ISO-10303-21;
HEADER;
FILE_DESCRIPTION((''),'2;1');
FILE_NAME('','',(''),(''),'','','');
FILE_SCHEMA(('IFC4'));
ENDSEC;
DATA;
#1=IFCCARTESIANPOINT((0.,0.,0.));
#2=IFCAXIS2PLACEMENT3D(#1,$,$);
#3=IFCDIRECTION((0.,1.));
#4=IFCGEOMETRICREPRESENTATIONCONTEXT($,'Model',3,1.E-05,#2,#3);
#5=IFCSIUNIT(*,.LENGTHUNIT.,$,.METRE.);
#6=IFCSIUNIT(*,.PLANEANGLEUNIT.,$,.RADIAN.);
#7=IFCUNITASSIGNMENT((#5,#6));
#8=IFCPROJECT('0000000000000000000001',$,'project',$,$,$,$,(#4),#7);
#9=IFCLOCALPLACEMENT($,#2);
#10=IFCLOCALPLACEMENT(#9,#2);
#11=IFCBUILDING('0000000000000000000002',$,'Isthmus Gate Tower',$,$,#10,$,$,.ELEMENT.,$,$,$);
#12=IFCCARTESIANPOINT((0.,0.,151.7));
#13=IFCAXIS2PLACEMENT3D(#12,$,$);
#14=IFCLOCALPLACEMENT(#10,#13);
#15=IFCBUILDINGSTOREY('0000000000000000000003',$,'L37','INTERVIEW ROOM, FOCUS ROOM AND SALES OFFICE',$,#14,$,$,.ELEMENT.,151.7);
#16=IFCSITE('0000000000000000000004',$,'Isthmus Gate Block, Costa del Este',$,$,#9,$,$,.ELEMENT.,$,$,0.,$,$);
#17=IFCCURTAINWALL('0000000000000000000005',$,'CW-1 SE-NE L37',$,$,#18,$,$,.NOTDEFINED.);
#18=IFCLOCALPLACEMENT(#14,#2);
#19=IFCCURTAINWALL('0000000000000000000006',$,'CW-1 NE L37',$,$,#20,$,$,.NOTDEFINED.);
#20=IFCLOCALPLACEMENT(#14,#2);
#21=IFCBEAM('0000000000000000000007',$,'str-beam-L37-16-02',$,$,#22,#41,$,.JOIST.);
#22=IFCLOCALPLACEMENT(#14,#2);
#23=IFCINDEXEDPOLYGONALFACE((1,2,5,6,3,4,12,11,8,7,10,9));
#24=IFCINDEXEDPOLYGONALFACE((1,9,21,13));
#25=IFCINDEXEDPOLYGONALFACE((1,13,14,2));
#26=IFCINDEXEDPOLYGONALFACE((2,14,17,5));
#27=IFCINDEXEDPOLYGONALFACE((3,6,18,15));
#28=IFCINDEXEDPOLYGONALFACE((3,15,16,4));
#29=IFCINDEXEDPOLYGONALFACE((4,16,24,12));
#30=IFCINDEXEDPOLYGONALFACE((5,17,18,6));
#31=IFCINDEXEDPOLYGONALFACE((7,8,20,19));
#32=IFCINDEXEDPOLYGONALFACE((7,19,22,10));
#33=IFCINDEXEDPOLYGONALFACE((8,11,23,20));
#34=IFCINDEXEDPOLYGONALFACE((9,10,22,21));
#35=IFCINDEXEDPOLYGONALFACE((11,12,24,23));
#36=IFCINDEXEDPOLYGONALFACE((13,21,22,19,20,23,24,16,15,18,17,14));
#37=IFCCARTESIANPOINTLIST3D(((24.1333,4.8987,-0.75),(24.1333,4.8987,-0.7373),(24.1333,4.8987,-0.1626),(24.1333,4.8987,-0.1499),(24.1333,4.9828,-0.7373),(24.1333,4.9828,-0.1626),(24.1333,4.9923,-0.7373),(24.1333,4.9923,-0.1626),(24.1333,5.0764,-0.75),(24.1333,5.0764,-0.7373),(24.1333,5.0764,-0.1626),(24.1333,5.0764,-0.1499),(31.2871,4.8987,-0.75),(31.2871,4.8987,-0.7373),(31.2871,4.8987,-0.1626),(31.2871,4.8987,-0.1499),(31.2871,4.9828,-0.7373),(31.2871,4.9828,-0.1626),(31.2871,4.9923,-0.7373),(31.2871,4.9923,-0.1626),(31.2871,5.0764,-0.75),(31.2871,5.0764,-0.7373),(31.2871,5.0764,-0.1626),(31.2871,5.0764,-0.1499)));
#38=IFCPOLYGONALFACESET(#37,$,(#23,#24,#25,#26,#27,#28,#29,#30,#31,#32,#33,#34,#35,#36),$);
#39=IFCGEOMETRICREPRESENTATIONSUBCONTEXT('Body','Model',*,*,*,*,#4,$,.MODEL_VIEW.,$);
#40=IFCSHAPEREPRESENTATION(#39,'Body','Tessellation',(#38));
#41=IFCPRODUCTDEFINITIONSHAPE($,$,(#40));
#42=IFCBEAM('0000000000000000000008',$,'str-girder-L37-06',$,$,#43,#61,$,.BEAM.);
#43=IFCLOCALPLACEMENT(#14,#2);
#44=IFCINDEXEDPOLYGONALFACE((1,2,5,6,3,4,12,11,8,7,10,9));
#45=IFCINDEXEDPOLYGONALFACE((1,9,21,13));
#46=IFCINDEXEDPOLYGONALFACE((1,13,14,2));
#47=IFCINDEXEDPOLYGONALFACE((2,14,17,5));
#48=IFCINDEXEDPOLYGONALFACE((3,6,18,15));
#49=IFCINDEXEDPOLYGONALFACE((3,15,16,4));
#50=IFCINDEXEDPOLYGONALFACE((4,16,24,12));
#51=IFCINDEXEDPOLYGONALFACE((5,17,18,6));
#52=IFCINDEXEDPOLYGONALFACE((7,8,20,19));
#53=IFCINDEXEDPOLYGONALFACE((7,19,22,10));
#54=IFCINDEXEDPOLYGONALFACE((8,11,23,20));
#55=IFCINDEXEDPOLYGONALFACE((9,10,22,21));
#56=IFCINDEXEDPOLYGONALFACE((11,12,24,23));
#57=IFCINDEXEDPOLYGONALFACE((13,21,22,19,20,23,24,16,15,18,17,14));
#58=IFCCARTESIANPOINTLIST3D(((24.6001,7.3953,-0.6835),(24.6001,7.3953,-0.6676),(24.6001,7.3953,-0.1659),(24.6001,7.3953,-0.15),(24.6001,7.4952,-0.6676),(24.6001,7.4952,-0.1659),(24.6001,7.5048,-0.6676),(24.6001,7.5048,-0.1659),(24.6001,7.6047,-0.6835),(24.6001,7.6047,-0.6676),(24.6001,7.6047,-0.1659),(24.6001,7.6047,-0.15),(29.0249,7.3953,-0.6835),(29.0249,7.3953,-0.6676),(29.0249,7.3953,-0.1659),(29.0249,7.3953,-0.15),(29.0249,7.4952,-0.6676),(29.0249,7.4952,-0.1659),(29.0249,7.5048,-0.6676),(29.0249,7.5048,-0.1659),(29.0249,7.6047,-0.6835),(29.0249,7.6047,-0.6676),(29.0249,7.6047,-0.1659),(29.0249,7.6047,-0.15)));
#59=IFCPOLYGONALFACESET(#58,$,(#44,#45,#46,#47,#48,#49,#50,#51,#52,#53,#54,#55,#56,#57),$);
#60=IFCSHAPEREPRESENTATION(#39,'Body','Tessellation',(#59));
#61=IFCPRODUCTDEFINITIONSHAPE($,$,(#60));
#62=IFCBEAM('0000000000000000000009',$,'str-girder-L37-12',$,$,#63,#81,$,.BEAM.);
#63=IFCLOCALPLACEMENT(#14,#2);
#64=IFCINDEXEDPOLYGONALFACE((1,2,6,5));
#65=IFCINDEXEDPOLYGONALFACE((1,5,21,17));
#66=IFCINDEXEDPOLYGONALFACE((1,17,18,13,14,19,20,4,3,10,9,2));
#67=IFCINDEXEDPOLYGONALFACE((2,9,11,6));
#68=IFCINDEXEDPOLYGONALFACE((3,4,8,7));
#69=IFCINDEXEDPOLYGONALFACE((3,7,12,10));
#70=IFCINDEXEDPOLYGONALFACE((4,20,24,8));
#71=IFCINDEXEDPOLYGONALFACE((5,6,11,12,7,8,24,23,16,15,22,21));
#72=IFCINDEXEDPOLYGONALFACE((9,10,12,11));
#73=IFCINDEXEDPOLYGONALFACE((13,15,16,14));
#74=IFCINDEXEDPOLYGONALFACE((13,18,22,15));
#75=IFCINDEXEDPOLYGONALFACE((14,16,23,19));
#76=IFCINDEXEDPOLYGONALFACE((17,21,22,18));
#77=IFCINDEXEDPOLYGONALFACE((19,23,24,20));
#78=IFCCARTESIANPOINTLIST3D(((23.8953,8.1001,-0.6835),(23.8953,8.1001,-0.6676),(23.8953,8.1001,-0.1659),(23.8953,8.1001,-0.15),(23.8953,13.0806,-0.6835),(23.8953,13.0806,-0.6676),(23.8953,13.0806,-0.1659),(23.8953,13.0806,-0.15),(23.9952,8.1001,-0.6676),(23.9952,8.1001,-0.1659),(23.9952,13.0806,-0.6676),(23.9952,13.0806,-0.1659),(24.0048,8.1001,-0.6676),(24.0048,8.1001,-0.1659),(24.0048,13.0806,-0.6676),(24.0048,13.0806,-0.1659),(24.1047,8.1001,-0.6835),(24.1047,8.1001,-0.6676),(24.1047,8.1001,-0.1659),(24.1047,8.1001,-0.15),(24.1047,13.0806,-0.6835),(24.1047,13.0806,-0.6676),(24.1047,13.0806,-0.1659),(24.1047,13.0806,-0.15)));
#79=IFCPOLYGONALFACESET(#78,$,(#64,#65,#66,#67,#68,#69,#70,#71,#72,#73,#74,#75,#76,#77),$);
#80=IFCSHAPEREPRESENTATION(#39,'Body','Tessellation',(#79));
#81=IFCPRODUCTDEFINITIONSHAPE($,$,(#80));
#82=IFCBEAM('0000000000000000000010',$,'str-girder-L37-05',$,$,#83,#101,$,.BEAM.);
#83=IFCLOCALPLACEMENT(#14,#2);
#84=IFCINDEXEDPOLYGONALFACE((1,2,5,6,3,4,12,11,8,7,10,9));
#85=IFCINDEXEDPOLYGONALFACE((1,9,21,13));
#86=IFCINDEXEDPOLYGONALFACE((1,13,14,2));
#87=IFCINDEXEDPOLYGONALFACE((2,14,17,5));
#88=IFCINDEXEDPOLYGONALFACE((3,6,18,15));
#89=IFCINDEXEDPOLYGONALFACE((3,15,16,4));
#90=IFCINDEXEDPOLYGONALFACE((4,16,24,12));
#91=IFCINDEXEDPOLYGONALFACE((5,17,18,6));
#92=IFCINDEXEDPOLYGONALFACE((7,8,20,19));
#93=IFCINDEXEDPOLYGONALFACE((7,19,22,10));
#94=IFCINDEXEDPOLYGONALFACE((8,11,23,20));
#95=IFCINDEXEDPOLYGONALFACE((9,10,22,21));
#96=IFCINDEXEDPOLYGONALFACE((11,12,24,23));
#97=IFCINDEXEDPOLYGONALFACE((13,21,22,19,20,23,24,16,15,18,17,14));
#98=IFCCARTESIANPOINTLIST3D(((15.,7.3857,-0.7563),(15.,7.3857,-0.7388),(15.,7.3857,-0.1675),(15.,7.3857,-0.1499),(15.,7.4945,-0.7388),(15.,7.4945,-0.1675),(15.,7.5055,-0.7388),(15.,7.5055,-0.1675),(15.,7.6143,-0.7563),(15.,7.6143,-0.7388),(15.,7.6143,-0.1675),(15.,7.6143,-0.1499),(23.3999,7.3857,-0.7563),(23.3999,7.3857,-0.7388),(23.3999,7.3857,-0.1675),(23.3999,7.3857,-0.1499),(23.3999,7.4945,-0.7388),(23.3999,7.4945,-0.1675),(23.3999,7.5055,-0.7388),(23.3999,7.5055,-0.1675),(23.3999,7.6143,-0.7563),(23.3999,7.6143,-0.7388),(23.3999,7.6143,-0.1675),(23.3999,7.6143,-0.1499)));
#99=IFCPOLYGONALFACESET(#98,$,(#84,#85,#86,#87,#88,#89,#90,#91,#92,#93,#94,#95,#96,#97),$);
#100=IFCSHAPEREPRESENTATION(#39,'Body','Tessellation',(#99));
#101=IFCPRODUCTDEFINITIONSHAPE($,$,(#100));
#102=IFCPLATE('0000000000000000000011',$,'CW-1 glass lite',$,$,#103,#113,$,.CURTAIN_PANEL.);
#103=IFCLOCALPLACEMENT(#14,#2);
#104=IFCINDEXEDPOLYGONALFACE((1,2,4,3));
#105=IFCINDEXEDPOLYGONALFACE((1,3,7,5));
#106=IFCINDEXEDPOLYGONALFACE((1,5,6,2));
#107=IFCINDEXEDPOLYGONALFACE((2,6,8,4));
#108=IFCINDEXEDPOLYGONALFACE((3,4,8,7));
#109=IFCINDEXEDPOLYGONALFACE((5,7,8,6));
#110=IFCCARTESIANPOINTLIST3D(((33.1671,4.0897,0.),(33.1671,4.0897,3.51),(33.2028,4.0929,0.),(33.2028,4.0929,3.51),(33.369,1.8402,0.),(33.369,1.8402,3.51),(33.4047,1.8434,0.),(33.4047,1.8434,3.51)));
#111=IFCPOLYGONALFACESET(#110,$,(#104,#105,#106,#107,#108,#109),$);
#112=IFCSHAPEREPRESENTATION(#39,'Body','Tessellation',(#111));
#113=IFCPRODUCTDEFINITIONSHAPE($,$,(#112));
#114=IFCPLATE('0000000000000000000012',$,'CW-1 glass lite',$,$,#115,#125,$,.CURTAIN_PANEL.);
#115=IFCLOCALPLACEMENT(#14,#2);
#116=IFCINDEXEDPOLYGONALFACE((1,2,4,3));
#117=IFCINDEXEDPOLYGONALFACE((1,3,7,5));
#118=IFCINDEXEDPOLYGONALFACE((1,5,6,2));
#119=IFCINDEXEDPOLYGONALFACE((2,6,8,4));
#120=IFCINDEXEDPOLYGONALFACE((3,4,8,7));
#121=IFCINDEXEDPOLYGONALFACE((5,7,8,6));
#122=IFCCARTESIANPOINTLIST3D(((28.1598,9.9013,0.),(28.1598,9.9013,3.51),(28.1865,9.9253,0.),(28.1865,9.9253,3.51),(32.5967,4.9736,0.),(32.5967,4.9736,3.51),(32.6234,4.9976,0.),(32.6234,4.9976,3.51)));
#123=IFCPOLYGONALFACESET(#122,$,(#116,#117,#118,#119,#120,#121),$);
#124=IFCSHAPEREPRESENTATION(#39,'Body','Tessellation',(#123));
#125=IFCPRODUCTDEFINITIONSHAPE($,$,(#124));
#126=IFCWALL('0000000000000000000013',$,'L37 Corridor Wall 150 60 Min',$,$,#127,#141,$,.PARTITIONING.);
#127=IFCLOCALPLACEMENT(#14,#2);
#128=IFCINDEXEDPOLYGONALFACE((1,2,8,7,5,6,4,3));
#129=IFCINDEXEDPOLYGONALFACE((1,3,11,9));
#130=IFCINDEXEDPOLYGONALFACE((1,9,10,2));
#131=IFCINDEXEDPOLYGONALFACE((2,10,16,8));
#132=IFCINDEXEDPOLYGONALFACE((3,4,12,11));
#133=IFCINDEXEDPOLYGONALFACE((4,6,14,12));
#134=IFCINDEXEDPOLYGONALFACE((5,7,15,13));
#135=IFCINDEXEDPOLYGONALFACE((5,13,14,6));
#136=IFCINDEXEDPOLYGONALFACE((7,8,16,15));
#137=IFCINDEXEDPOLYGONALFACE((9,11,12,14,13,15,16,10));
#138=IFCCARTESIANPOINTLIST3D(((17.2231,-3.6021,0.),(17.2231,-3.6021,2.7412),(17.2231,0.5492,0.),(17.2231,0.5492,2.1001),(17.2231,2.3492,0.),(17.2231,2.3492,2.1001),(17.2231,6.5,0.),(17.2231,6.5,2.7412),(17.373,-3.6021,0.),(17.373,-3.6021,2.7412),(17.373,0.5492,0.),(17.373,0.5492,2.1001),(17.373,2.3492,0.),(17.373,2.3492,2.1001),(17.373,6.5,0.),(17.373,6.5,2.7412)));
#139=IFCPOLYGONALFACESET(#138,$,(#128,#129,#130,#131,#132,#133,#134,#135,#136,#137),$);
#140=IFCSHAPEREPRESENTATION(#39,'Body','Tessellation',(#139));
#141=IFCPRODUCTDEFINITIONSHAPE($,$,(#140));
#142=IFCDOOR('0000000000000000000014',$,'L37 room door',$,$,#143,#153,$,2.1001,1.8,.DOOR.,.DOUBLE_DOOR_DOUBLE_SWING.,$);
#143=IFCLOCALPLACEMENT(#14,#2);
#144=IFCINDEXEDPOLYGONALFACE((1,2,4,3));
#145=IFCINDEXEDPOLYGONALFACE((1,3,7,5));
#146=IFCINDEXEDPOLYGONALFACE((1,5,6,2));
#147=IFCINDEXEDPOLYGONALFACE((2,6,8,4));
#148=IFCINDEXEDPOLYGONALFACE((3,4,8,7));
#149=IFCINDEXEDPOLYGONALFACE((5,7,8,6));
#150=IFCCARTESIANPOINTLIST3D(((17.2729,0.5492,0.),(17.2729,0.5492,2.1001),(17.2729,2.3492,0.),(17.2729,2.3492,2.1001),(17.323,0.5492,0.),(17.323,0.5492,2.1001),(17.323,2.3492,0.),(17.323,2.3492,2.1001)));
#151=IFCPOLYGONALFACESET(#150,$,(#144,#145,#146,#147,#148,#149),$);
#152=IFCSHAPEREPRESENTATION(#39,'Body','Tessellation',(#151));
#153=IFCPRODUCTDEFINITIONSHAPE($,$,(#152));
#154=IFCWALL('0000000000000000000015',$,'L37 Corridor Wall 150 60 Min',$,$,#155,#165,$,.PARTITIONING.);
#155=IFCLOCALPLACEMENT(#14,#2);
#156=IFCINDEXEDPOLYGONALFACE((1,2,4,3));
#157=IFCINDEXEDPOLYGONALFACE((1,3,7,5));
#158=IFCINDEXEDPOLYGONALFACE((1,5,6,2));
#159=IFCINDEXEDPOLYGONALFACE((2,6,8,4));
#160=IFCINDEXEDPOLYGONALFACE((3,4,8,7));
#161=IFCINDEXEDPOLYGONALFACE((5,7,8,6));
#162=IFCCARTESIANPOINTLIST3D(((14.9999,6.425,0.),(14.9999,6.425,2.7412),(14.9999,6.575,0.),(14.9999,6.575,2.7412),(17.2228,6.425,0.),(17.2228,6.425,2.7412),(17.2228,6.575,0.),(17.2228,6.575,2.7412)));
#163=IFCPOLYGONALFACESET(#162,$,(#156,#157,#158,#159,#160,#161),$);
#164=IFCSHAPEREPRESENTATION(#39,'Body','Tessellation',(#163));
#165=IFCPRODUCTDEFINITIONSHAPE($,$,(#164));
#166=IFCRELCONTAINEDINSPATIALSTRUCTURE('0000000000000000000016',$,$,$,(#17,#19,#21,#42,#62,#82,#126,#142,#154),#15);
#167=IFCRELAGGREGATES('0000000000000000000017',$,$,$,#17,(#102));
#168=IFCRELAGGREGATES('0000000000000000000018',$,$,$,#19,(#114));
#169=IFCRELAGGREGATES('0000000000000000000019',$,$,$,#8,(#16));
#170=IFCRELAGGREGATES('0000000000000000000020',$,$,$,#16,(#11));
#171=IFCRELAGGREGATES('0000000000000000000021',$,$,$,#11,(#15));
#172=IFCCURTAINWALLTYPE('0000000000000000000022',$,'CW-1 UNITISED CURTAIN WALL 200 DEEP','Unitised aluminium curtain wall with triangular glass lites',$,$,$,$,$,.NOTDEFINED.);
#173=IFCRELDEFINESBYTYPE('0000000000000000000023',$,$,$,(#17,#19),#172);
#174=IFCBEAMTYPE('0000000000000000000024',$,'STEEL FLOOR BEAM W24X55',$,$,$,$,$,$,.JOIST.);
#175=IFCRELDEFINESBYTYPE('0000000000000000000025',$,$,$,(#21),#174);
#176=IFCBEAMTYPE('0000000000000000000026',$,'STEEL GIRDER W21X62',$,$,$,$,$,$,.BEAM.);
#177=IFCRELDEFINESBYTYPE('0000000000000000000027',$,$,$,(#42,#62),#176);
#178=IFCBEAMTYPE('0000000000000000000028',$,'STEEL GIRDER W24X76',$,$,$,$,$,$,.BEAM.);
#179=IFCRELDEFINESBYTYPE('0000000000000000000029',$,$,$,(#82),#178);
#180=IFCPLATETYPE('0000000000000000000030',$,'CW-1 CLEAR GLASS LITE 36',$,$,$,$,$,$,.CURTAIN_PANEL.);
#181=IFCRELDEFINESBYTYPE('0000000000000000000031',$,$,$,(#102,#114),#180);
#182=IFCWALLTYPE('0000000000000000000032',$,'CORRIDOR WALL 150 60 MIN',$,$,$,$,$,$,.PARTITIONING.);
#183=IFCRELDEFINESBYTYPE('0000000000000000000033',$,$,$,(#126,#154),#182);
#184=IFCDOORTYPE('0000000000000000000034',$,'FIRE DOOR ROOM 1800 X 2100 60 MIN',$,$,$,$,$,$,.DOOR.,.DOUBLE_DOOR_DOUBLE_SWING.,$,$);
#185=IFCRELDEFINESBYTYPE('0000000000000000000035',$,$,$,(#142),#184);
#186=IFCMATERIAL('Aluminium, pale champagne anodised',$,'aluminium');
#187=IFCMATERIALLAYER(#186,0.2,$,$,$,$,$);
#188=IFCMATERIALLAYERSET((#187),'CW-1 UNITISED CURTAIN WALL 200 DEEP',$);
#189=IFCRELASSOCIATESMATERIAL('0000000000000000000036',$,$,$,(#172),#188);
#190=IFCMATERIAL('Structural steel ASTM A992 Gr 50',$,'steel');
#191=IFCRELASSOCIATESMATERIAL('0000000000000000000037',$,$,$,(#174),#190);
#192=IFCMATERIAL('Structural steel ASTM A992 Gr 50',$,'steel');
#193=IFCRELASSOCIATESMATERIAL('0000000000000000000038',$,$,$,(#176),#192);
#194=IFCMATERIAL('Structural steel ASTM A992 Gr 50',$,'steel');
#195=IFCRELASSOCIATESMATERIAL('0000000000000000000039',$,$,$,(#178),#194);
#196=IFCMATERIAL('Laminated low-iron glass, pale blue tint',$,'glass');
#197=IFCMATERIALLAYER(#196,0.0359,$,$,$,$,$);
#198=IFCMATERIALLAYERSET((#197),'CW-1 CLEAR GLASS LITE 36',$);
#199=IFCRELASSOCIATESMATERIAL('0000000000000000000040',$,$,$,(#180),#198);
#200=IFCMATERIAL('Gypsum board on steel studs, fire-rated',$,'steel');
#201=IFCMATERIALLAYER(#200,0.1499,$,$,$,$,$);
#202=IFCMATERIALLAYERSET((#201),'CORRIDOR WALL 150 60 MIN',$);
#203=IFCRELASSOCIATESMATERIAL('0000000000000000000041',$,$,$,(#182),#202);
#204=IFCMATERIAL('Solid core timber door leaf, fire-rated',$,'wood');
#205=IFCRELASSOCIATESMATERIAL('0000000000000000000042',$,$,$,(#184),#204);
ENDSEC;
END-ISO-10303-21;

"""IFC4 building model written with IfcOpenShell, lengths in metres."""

from ifc_helpers import new_model, si_unit, direction, frame, frame_2d, origin, origin_2d, place, context, subcontext, project, spatial, rectangle, i_section, extrude, material, layer, layer_set, material_profile, profile_set, type_object, element, fill, aggregate, save


model = new_model("IFC4")

# Units and contexts
model_context = context("Model", 3, precision=1e-05, world=origin(), true_north=direction((0.0, 1.0)))
body_context = subcontext(model_context, "Body", "Model", "MODEL_VIEW")
ifc_project = project(units=[si_unit("LENGTHUNIT", "METRE"), si_unit("PLANEANGLEUNIT", "RADIAN")], contexts=[model_context])

# Site, building, storey
site_placement = place(None, origin())
site = spatial("IfcSite", under=ifc_project, at=site_placement, Name="Isthmus Gate Block, Costa del Este", CompositionType="ELEMENT", RefElevation=0.0)
building_placement = place(site_placement, origin())
building = spatial("IfcBuilding", under=site, at=building_placement, Name="Isthmus Gate Tower", CompositionType="ELEMENT")
storey_placement = place(building_placement, frame((0.0, 0.0, 151.7)))
storey = spatial("IfcBuildingStorey", under=building, at=storey_placement, Name="L37", Description="INTERVIEW ROOM, FOCUS ROOM AND SALES OFFICE", CompositionType="ELEMENT", Elevation=151.7)

# Curtain walls
ifc_material_1 = material(Name="Aluminium, pale champagne anodised", Category="aluminium")
ifc_layer_1 = layer(ifc_material_1, 0.2)
ifc_layer_set_1 = layer_set([ifc_layer_1], Name="CW-1 UNITISED CURTAIN WALL 200 DEEP")
curtain_wall_type = type_object("IfcCurtainWallType", Name="CW-1 UNITISED CURTAIN WALL 200 DEEP", Description="Unitised aluminium curtain wall with triangular glass lites", PredefinedType="NOTDEFINED", material=ifc_layer_set_1)
curtain_wall_1_placement = place(storey_placement, origin())
curtain_wall_1 = element("IfcCurtainWall", 1, at=curtain_wall_1_placement, inside=storey, type_object=curtain_wall_type, Name="CW-1 SE-NE L37", PredefinedType="NOTDEFINED")
curtain_wall_2_placement = place(storey_placement, origin())
curtain_wall_2 = element("IfcCurtainWall", 2, at=curtain_wall_2_placement, inside=storey, type_object=curtain_wall_type, Name="CW-1 NE L37", PredefinedType="NOTDEFINED")

# Beams
ifc_material_2 = material(Name="Structural steel ASTM A992 Gr 50", Category="steel")
ifc_material_profile_1 = material_profile(ifc_material_2, i_section(OverallWidth=0.1777, OverallDepth=0.6001, WebThickness=0.0095, FlangeThickness=0.0127, at=origin_2d()), Name="W24X55")
ifc_profile_set_1 = profile_set([ifc_material_profile_1], Name="Structural steel ASTM A992 Gr 50")
beam_type_1 = type_object("IfcBeamType", Name="STEEL FLOOR BEAM W24X55", PredefinedType="JOIST", material=ifc_profile_set_1)
beam_1_placement = place(storey_placement, frame((24.1333, 4.9875, -0.45), z_axis=(1.0, 0.0, 0.0), x_axis=(0.0, 1.0, 0.0)))
element("IfcBeam", 3, at=beam_1_placement, inside=storey, type_object=beam_type_1, Name="str-beam-L37-16-02", PredefinedType="JOIST", context=body_context, shape_type="SweptSolid", body=[
    extrude(i_section(OverallWidth=0.1777, OverallDepth=0.6001, WebThickness=0.0095, FlangeThickness=0.0127, at=origin_2d()), origin(), (0.0, 0.0, 1.0), 7.1538),
])
ifc_material_3 = material(Name="Structural steel ASTM A992 Gr 50", Category="steel")
ifc_material_profile_2 = material_profile(ifc_material_3, i_section(OverallWidth=0.2095, OverallDepth=0.5334, WebThickness=0.0095, FlangeThickness=0.0159, at=origin_2d()), Name="W21X62")
ifc_profile_set_2 = profile_set([ifc_material_profile_2], Name="Structural steel ASTM A992 Gr 50")
beam_type_2 = type_object("IfcBeamType", Name="STEEL GIRDER W21X62", PredefinedType="BEAM", material=ifc_profile_set_2)
beam_2_placement = place(storey_placement, frame((24.6001, 7.5, -0.4167), z_axis=(1.0, 0.0, 0.0), x_axis=(0.0, 1.0, 0.0)))
element("IfcBeam", 4, at=beam_2_placement, inside=storey, type_object=beam_type_2, Name="str-girder-L37-06", PredefinedType="BEAM", context=body_context, shape_type="SweptSolid", body=[
    extrude(i_section(OverallWidth=0.2095, OverallDepth=0.5334, WebThickness=0.0095, FlangeThickness=0.0159, at=origin_2d()), origin(), (0.0, 0.0, 1.0), 4.4248),
])
beam_3_placement = place(storey_placement, frame((24.0, 8.1001, -0.4167), z_axis=(0.0, 1.0, 0.0), x_axis=(-1.0, 0.0, 0.0)))
element("IfcBeam", 5, at=beam_3_placement, inside=storey, type_object=beam_type_2, Name="str-girder-L37-12", PredefinedType="BEAM", context=body_context, shape_type="SweptSolid", body=[
    extrude(i_section(OverallWidth=0.2095, OverallDepth=0.5334, WebThickness=0.0095, FlangeThickness=0.0159, at=origin_2d()), origin(), (0.0, 0.0, 1.0), 4.9805),
])
ifc_material_4 = material(Name="Structural steel ASTM A992 Gr 50", Category="steel")
ifc_material_profile_3 = material_profile(ifc_material_4, i_section(OverallWidth=0.2285, OverallDepth=0.6064, WebThickness=0.011, FlangeThickness=0.0176, at=origin_2d()), Name="W24X76")
ifc_profile_set_3 = profile_set([ifc_material_profile_3], Name="Structural steel ASTM A992 Gr 50")
beam_type_3 = type_object("IfcBeamType", Name="STEEL GIRDER W24X76", PredefinedType="BEAM", material=ifc_profile_set_3)
beam_4_placement = place(storey_placement, frame((15.0, 7.5, -0.4531), z_axis=(1.0, 0.0, 0.0), x_axis=(0.0, 1.0, 0.0)))
element("IfcBeam", 6, at=beam_4_placement, inside=storey, type_object=beam_type_3, Name="str-girder-L37-05", PredefinedType="BEAM", context=body_context, shape_type="SweptSolid", body=[
    extrude(i_section(OverallWidth=0.2285, OverallDepth=0.6064, WebThickness=0.011, FlangeThickness=0.0176, at=origin_2d()), origin(), (0.0, 0.0, 1.0), 8.3999),
])

# Plates
ifc_material_5 = material(Name="Laminated low-iron glass, pale blue tint", Category="glass")
ifc_layer_2 = layer(ifc_material_5, 0.0359)
ifc_layer_set_2 = layer_set([ifc_layer_2], Name="CW-1 CLEAR GLASS LITE 36")
plate_type = type_object("IfcPlateType", Name="CW-1 CLEAR GLASS LITE 36", PredefinedType="CURTAIN_PANEL", material=ifc_layer_set_2)
plate_1_placement = place(storey_placement, frame((33.2859, 2.9666, 0.0), z_axis=(0.0, 0.0, 1.0), x_axis=(-0.089397, 0.995996, 0.0)))
plate_1 = element("IfcPlate", 7, at=plate_1_placement, type_object=plate_type, Name="CW-1 glass lite", PredefinedType="CURTAIN_PANEL", context=body_context, shape_type="SweptSolid", body=[
    extrude(rectangle(XDim=2.2585, YDim=0.0359, at=origin_2d()), origin(), (0.0, 0.0, 1.0), 3.51),
])
aggregate(curtain_wall_1, [plate_1])
plate_2_placement = place(storey_placement, frame((30.3916, 7.4495, 0.0), z_axis=(0.0, 0.0, 1.0), x_axis=(-0.669131, 0.743145, 0.0)))
plate_2 = element("IfcPlate", 8, at=plate_2_placement, type_object=plate_type, Name="CW-1 glass lite", PredefinedType="CURTAIN_PANEL", context=body_context, shape_type="SweptSolid", body=[
    extrude(rectangle(XDim=6.6309, YDim=0.0359, at=origin_2d()), origin(), (0.0, 0.0, 1.0), 3.51),
])
aggregate(curtain_wall_2, [plate_2])

# Wall, opening, door
ifc_material_6 = material(Name="Gypsum board on steel studs, fire-rated", Category="steel")
ifc_layer_3 = layer(ifc_material_6, 0.1499)
ifc_layer_set_3 = layer_set([ifc_layer_3], Name="CORRIDOR WALL 150 60 MIN")
wall_type = type_object("IfcWallType", Name="CORRIDOR WALL 150 60 MIN", PredefinedType="PARTITIONING", material=ifc_layer_set_3)
wall_1_placement = place(storey_placement, frame((17.2981, 6.5, 0.0), z_axis=(0.0, 0.0, 1.0), x_axis=(0.0, -1.0, 0.0)))
wall_1 = element("IfcWall", 9, at=wall_1_placement, inside=storey, type_object=wall_type, Name="L37 Corridor Wall 150 60 Min", PredefinedType="PARTITIONING", context=body_context, shape_type="SweptSolid", body=[
    extrude(rectangle(XDim=10.1021, YDim=0.1499, at=frame_2d((5.051, 0.0))), origin(), (0.0, 0.0, 1.0), 2.7412),
])
opening_placement = place(wall_1_placement, frame((4.1509, 0.0, 0.0)))
opening = element("IfcOpeningElement", 10, at=opening_placement, cuts=wall_1, PredefinedType="OPENING", context=body_context, shape_type="SweptSolid", body=[
    extrude(rectangle(XDim=1.8, YDim=2.1001, at=frame_2d((0.8999, 1.05))), frame((0.0, 0.085, 0.0), z_axis=(0.0, -1.0, 0.0), x_axis=(1.0, 0.0, 0.0)), (0.0, 0.0, 1.0), 0.1699),
])
ifc_material_7 = material(Name="Solid core timber door leaf, fire-rated", Category="wood")
door_type = type_object("IfcDoorType", Name="FIRE DOOR ROOM 1800 X 2100 60 MIN", OperationType="DOUBLE_DOOR_DOUBLE_SWING", PredefinedType="DOOR", material=ifc_material_7)
door_placement = place(opening_placement, origin())
door = element("IfcDoor", 11, at=door_placement, inside=storey, type_object=door_type, Name="L37 room door", OperationType="DOUBLE_DOOR_DOUBLE_SWING", OverallHeight=2.1001, OverallWidth=1.8, PredefinedType="DOOR", context=body_context, shape_type="SweptSolid", body=[
    extrude(rectangle(XDim=1.8, YDim=2.1001, at=frame_2d((0.8999, 1.05))), frame((0.0, 0.0249, 0.0), z_axis=(0.0, -1.0, 0.0), x_axis=(1.0, 0.0, 0.0)), (0.0, 0.0, 1.0), 0.05),
])
fill(opening, door)

# Wall
wall_2_placement = place(storey_placement, frame((15.0, 6.5, 0.0), z_axis=(0.0, 0.0, 1.0), x_axis=(1.0, 0.0, 0.0)))
element("IfcWall", 12, at=wall_2_placement, inside=storey, type_object=wall_type, Name="L37 Corridor Wall 150 60 Min", PredefinedType="PARTITIONING", context=body_context, shape_type="SweptSolid", body=[
    extrude(rectangle(XDim=2.2229, YDim=0.1499, at=frame_2d((1.1113, 0.0))), origin(), (0.0, 0.0, 1.0), 2.7412),
])

save(model, "model.ifc")
